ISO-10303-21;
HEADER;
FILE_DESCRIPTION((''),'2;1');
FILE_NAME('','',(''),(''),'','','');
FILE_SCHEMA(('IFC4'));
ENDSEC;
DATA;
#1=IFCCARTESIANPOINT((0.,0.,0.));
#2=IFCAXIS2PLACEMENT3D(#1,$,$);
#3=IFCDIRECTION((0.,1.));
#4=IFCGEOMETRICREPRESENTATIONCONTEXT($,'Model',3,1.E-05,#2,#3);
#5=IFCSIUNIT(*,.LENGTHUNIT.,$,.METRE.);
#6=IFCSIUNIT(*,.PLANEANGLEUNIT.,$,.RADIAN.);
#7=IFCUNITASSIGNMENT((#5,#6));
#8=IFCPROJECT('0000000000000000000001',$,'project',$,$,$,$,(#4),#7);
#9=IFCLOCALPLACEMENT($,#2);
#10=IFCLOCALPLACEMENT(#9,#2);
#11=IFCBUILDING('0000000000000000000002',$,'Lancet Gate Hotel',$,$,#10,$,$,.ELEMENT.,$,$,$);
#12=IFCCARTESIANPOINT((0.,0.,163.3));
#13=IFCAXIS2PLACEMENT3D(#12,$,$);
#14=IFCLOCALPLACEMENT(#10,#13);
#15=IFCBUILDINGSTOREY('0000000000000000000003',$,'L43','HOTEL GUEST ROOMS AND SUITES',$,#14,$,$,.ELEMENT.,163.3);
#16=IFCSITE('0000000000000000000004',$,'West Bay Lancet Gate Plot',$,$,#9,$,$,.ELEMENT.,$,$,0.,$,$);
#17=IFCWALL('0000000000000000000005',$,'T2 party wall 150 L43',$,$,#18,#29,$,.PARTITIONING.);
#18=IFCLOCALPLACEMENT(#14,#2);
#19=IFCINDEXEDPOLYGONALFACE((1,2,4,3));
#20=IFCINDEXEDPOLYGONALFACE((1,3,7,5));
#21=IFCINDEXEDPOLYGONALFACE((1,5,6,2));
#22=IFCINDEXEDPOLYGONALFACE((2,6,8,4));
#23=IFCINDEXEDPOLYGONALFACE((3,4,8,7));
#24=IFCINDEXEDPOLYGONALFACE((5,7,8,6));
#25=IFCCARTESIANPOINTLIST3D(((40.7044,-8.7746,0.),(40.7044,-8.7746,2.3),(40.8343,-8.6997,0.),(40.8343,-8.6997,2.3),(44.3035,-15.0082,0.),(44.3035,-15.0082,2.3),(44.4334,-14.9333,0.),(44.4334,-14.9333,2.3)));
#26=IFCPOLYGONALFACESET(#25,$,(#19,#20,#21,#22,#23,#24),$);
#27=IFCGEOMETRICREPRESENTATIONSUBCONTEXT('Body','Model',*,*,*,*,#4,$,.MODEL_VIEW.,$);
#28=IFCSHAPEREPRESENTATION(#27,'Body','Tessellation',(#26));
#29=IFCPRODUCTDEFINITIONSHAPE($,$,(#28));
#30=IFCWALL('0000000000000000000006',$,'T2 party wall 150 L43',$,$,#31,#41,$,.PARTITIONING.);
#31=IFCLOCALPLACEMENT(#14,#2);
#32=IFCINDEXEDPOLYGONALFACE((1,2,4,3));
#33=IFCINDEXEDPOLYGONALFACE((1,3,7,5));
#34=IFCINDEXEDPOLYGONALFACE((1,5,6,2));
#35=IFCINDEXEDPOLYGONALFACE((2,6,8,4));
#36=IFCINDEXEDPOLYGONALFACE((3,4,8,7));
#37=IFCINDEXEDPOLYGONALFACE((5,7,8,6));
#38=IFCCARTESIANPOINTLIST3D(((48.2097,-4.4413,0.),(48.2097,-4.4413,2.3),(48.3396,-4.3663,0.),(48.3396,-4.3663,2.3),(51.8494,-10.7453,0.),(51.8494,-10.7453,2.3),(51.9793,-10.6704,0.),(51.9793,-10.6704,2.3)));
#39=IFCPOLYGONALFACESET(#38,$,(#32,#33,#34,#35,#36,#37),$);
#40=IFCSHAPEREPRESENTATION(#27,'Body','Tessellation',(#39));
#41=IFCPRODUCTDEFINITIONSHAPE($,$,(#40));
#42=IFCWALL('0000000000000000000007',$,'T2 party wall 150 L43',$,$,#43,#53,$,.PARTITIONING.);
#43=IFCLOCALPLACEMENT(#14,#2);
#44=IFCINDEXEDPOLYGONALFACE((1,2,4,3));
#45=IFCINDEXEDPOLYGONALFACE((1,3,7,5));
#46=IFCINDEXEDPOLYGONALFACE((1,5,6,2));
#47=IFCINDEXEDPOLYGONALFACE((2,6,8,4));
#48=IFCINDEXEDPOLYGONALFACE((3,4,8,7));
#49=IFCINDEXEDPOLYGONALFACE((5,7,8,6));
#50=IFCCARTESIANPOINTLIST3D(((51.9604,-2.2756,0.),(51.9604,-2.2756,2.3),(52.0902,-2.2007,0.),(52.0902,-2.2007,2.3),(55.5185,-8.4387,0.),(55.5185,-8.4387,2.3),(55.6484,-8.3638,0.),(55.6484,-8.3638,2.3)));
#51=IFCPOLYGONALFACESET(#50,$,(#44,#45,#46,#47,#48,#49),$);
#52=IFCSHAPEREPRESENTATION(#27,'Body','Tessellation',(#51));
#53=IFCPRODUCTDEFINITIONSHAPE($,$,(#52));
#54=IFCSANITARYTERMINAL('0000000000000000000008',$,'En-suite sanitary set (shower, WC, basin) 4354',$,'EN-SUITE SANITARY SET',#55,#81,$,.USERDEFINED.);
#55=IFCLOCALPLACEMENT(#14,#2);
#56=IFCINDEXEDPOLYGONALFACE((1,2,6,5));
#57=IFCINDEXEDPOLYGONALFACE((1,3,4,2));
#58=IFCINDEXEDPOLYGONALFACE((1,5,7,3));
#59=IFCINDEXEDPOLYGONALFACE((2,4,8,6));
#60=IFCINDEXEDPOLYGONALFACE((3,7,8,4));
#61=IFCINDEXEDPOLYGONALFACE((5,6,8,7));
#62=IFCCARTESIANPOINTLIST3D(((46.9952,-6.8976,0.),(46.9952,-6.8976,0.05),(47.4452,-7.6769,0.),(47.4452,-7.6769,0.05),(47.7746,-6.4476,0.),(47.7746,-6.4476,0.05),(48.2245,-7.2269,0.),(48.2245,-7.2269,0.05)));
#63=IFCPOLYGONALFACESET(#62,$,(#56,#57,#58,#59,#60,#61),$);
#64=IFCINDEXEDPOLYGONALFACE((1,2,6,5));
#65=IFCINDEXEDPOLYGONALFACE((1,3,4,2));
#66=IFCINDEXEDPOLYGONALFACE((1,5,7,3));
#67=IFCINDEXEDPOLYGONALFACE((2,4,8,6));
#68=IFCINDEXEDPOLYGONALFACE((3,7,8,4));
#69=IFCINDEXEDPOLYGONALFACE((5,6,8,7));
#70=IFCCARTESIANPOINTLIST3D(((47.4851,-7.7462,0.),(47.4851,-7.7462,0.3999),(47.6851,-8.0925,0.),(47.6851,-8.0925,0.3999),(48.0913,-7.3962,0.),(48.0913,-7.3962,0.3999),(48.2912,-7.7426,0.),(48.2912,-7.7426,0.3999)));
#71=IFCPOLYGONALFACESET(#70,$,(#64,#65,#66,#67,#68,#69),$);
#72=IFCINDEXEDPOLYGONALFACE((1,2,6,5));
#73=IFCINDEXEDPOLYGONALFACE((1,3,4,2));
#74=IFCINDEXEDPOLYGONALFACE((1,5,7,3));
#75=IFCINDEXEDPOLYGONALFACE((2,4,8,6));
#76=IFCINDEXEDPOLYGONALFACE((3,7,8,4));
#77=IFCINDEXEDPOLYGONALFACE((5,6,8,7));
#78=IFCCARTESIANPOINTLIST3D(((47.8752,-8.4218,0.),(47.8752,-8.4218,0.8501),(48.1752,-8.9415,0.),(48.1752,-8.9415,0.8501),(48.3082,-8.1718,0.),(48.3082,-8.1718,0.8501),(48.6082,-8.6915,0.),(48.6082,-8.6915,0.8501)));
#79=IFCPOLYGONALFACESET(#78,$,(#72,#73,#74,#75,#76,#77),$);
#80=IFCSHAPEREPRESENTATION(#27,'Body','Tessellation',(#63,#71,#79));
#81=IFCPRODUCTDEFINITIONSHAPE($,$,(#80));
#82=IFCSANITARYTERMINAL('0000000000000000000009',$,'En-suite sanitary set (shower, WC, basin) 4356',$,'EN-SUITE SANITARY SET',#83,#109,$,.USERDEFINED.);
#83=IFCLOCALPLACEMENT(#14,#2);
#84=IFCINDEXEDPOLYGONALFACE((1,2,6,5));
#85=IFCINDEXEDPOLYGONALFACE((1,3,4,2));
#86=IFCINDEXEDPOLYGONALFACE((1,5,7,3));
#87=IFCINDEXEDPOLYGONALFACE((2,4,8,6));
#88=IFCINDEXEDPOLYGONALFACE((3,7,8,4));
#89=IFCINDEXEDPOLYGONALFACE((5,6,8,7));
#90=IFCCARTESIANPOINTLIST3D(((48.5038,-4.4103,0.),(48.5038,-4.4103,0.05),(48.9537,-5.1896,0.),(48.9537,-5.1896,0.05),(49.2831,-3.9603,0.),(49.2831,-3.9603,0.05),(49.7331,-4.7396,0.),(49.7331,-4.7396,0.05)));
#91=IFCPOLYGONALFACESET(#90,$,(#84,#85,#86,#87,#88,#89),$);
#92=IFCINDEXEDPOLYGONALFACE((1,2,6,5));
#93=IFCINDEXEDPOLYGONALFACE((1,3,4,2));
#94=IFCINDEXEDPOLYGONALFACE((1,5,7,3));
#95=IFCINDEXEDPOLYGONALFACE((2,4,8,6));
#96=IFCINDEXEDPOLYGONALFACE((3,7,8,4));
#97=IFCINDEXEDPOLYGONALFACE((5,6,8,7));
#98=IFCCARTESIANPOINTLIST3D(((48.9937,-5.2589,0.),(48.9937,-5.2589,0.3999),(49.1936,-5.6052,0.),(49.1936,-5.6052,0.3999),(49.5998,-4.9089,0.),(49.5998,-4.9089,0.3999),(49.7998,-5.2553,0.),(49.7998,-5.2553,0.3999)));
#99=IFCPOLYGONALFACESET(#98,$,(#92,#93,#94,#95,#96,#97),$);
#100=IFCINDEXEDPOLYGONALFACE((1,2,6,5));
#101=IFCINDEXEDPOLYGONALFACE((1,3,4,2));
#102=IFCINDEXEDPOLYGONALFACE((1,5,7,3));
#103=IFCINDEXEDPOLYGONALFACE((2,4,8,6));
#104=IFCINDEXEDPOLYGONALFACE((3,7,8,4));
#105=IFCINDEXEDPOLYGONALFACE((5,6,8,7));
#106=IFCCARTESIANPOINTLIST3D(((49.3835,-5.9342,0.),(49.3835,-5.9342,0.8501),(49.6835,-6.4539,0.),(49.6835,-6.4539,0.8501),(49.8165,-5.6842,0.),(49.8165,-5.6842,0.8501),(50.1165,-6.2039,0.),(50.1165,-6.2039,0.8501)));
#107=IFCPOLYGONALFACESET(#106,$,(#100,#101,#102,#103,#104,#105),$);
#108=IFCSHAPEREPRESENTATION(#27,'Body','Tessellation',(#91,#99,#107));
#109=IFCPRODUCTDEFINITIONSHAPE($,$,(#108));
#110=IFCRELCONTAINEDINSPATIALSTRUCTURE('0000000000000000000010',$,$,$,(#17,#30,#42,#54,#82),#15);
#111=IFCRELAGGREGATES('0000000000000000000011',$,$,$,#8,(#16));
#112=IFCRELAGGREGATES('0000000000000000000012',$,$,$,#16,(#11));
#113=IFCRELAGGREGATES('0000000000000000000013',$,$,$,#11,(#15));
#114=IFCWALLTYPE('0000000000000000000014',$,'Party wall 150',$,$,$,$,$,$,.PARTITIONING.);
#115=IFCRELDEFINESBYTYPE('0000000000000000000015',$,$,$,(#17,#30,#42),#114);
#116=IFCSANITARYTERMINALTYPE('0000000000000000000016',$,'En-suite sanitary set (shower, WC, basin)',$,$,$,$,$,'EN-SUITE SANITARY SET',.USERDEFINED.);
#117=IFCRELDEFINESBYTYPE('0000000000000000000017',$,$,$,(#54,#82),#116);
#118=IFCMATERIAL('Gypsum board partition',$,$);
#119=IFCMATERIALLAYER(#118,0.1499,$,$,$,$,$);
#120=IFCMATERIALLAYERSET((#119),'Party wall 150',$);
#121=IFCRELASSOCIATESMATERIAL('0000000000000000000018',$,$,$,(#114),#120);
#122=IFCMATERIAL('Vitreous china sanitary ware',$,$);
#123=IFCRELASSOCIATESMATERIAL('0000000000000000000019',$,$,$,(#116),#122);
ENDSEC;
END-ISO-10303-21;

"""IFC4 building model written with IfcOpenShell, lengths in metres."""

from ifc_helpers import new_model, si_unit, direction, frame, frame_2d, origin, origin_2d, place, context, subcontext, project, spatial, rectangle, extrude, material, layer, layer_set, type_object, element, save


model = new_model("IFC4")

# Units and contexts
model_context = context("Model", 3, precision=1e-05, world=origin(), true_north=direction((0.0, 1.0)))
body_context = subcontext(model_context, "Body", "Model", "MODEL_VIEW")
ifc_project = project(units=[si_unit("LENGTHUNIT", "METRE"), si_unit("PLANEANGLEUNIT", "RADIAN")], contexts=[model_context])

# Site, building, storey
site_placement = place(None, origin())
site = spatial("IfcSite", under=ifc_project, at=site_placement, Name="West Bay Lancet Gate Plot", CompositionType="ELEMENT", RefElevation=0.0)
building_placement = place(site_placement, origin())
building = spatial("IfcBuilding", under=site, at=building_placement, Name="Lancet Gate Hotel", CompositionType="ELEMENT")
storey_placement = place(building_placement, frame((0.0, 0.0, 163.3)))
storey = spatial("IfcBuildingStorey", under=building, at=storey_placement, Name="L43", Description="HOTEL GUEST ROOMS AND SUITES", CompositionType="ELEMENT", Elevation=163.3)

# Walls
ifc_material_1 = material(Name="Gypsum board partition")
ifc_layer_1 = layer(ifc_material_1, 0.1499)
ifc_layer_set_1 = layer_set([ifc_layer_1], Name="Party wall 150")
wall_type_1 = type_object("IfcWallType", Name="Party wall 150", PredefinedType="PARTITIONING", material=ifc_layer_set_1)
wall_1_placement = place(storey_placement, frame((40.7693, -8.7371, 0.0), z_axis=(0.0, 0.0, 1.0), x_axis=(0.500013, -0.866018, 0.0)))
element("IfcWall", 1, at=wall_1_placement, inside=storey, type_object=wall_type_1, Name="T2 party wall 150 L43", PredefinedType="PARTITIONING", context=body_context, shape_type="SweptSolid", body=[
    extrude(rectangle(XDim=7.198, YDim=0.1499, at=frame_2d((3.5991, 0.0))), origin(), (0.0, 0.0, 1.0), 2.3),
])
wall_2_placement = place(storey_placement, frame((48.2747, -4.4038, 0.0), z_axis=(0.0, 0.0, 1.0), x_axis=(0.500006, -0.866022, 0.0)))
element("IfcWall", 2, at=wall_2_placement, inside=storey, type_object=wall_type_1, Name="T2 party wall 150 L43", PredefinedType="PARTITIONING", context=body_context, shape_type="SweptSolid", body=[
    extrude(rectangle(XDim=7.2793, YDim=0.1499, at=frame_2d((3.6396, 0.0))), origin(), (0.0, 0.0, 1.0), 2.3),
])
wall_3_placement = place(storey_placement, frame((52.0254, -2.2383, 0.0), z_axis=(0.0, 0.0, 1.0), x_axis=(0.499984, -0.866035, 0.0)))
element("IfcWall", 3, at=wall_3_placement, inside=storey, type_object=wall_type_1, Name="T2 party wall 150 L43", PredefinedType="PARTITIONING", context=body_context, shape_type="SweptSolid", body=[
    extrude(rectangle(XDim=7.1165, YDim=0.1499, at=frame_2d((3.5581, 0.0))), origin(), (0.0, 0.0, 1.0), 2.3),
])

# Sanitary terminals
ifc_material_2 = material(Name="Vitreous china sanitary ware")
sanitary_terminal_type = type_object("IfcSanitaryTerminalType", Name="En-suite sanitary set (shower, WC, basin)", ElementType="EN-SUITE SANITARY SET", PredefinedType="USERDEFINED", material=ifc_material_2)
sanitary_terminal_1_placement = place(storey_placement, frame((47.6099, -7.0623, 0.0), z_axis=(0.0, 0.0, 1.0), x_axis=(1.0, 0.0, 0.0)))
element("IfcSanitaryTerminal", 4, at=sanitary_terminal_1_placement, inside=storey, type_object=sanitary_terminal_type, Name="En-suite sanitary set (shower, WC, basin) 4354", ObjectType="EN-SUITE SANITARY SET", PredefinedType="USERDEFINED", context=body_context, shape_type="SweptSolid", body=[
    extrude(rectangle(XDim=0.8999, YDim=0.8999, at=origin_2d()), frame((0.0, 0.0, 0.0), z_axis=(0.0, 0.0, 1.0), x_axis=(-0.5, 0.866025, 0.0)), (0.0, 0.0, 1.0), 0.05),
    extrude(rectangle(XDim=0.3999, YDim=0.7, at=origin_2d()), frame((0.2783, -0.6821, 0.0), z_axis=(0.0, 0.0, 1.0), x_axis=(-0.5, 0.866025, 0.0)), (0.0, 0.0, 1.0), 0.3999),
    extrude(rectangle(XDim=0.6001, YDim=0.5, at=origin_2d()), frame((0.6318, -1.4944, 0.0), z_axis=(0.0, 0.0, 1.0), x_axis=(-0.5, 0.866025, 0.0)), (0.0, 0.0, 1.0), 0.8501),
])
sanitary_terminal_2_placement = place(storey_placement, frame((49.1184, -4.575, 0.0), z_axis=(0.0, 0.0, 1.0), x_axis=(1.0, 0.0, 0.0)))
element("IfcSanitaryTerminal", 5, at=sanitary_terminal_2_placement, inside=storey, type_object=sanitary_terminal_type, Name="En-suite sanitary set (shower, WC, basin) 4356", ObjectType="EN-SUITE SANITARY SET", PredefinedType="USERDEFINED", context=body_context, shape_type="SweptSolid", body=[
    extrude(rectangle(XDim=0.8999, YDim=0.8999, at=origin_2d()), frame((0.0, 0.0, 0.0), z_axis=(0.0, 0.0, 1.0), x_axis=(-0.5, 0.866025, 0.0)), (0.0, 0.0, 1.0), 0.05),
    extrude(rectangle(XDim=0.3999, YDim=0.7, at=origin_2d()), frame((0.2783, -0.6821, 0.0), z_axis=(0.0, 0.0, 1.0), x_axis=(-0.5, 0.866025, 0.0)), (0.0, 0.0, 1.0), 0.3999),
    extrude(rectangle(XDim=0.6001, YDim=0.5, at=origin_2d()), frame((0.6316, -1.4941, 0.0), z_axis=(0.0, 0.0, 1.0), x_axis=(-0.5, 0.866025, 0.0)), (0.0, 0.0, 1.0), 0.8501),
])

save(model, "model.ifc")
